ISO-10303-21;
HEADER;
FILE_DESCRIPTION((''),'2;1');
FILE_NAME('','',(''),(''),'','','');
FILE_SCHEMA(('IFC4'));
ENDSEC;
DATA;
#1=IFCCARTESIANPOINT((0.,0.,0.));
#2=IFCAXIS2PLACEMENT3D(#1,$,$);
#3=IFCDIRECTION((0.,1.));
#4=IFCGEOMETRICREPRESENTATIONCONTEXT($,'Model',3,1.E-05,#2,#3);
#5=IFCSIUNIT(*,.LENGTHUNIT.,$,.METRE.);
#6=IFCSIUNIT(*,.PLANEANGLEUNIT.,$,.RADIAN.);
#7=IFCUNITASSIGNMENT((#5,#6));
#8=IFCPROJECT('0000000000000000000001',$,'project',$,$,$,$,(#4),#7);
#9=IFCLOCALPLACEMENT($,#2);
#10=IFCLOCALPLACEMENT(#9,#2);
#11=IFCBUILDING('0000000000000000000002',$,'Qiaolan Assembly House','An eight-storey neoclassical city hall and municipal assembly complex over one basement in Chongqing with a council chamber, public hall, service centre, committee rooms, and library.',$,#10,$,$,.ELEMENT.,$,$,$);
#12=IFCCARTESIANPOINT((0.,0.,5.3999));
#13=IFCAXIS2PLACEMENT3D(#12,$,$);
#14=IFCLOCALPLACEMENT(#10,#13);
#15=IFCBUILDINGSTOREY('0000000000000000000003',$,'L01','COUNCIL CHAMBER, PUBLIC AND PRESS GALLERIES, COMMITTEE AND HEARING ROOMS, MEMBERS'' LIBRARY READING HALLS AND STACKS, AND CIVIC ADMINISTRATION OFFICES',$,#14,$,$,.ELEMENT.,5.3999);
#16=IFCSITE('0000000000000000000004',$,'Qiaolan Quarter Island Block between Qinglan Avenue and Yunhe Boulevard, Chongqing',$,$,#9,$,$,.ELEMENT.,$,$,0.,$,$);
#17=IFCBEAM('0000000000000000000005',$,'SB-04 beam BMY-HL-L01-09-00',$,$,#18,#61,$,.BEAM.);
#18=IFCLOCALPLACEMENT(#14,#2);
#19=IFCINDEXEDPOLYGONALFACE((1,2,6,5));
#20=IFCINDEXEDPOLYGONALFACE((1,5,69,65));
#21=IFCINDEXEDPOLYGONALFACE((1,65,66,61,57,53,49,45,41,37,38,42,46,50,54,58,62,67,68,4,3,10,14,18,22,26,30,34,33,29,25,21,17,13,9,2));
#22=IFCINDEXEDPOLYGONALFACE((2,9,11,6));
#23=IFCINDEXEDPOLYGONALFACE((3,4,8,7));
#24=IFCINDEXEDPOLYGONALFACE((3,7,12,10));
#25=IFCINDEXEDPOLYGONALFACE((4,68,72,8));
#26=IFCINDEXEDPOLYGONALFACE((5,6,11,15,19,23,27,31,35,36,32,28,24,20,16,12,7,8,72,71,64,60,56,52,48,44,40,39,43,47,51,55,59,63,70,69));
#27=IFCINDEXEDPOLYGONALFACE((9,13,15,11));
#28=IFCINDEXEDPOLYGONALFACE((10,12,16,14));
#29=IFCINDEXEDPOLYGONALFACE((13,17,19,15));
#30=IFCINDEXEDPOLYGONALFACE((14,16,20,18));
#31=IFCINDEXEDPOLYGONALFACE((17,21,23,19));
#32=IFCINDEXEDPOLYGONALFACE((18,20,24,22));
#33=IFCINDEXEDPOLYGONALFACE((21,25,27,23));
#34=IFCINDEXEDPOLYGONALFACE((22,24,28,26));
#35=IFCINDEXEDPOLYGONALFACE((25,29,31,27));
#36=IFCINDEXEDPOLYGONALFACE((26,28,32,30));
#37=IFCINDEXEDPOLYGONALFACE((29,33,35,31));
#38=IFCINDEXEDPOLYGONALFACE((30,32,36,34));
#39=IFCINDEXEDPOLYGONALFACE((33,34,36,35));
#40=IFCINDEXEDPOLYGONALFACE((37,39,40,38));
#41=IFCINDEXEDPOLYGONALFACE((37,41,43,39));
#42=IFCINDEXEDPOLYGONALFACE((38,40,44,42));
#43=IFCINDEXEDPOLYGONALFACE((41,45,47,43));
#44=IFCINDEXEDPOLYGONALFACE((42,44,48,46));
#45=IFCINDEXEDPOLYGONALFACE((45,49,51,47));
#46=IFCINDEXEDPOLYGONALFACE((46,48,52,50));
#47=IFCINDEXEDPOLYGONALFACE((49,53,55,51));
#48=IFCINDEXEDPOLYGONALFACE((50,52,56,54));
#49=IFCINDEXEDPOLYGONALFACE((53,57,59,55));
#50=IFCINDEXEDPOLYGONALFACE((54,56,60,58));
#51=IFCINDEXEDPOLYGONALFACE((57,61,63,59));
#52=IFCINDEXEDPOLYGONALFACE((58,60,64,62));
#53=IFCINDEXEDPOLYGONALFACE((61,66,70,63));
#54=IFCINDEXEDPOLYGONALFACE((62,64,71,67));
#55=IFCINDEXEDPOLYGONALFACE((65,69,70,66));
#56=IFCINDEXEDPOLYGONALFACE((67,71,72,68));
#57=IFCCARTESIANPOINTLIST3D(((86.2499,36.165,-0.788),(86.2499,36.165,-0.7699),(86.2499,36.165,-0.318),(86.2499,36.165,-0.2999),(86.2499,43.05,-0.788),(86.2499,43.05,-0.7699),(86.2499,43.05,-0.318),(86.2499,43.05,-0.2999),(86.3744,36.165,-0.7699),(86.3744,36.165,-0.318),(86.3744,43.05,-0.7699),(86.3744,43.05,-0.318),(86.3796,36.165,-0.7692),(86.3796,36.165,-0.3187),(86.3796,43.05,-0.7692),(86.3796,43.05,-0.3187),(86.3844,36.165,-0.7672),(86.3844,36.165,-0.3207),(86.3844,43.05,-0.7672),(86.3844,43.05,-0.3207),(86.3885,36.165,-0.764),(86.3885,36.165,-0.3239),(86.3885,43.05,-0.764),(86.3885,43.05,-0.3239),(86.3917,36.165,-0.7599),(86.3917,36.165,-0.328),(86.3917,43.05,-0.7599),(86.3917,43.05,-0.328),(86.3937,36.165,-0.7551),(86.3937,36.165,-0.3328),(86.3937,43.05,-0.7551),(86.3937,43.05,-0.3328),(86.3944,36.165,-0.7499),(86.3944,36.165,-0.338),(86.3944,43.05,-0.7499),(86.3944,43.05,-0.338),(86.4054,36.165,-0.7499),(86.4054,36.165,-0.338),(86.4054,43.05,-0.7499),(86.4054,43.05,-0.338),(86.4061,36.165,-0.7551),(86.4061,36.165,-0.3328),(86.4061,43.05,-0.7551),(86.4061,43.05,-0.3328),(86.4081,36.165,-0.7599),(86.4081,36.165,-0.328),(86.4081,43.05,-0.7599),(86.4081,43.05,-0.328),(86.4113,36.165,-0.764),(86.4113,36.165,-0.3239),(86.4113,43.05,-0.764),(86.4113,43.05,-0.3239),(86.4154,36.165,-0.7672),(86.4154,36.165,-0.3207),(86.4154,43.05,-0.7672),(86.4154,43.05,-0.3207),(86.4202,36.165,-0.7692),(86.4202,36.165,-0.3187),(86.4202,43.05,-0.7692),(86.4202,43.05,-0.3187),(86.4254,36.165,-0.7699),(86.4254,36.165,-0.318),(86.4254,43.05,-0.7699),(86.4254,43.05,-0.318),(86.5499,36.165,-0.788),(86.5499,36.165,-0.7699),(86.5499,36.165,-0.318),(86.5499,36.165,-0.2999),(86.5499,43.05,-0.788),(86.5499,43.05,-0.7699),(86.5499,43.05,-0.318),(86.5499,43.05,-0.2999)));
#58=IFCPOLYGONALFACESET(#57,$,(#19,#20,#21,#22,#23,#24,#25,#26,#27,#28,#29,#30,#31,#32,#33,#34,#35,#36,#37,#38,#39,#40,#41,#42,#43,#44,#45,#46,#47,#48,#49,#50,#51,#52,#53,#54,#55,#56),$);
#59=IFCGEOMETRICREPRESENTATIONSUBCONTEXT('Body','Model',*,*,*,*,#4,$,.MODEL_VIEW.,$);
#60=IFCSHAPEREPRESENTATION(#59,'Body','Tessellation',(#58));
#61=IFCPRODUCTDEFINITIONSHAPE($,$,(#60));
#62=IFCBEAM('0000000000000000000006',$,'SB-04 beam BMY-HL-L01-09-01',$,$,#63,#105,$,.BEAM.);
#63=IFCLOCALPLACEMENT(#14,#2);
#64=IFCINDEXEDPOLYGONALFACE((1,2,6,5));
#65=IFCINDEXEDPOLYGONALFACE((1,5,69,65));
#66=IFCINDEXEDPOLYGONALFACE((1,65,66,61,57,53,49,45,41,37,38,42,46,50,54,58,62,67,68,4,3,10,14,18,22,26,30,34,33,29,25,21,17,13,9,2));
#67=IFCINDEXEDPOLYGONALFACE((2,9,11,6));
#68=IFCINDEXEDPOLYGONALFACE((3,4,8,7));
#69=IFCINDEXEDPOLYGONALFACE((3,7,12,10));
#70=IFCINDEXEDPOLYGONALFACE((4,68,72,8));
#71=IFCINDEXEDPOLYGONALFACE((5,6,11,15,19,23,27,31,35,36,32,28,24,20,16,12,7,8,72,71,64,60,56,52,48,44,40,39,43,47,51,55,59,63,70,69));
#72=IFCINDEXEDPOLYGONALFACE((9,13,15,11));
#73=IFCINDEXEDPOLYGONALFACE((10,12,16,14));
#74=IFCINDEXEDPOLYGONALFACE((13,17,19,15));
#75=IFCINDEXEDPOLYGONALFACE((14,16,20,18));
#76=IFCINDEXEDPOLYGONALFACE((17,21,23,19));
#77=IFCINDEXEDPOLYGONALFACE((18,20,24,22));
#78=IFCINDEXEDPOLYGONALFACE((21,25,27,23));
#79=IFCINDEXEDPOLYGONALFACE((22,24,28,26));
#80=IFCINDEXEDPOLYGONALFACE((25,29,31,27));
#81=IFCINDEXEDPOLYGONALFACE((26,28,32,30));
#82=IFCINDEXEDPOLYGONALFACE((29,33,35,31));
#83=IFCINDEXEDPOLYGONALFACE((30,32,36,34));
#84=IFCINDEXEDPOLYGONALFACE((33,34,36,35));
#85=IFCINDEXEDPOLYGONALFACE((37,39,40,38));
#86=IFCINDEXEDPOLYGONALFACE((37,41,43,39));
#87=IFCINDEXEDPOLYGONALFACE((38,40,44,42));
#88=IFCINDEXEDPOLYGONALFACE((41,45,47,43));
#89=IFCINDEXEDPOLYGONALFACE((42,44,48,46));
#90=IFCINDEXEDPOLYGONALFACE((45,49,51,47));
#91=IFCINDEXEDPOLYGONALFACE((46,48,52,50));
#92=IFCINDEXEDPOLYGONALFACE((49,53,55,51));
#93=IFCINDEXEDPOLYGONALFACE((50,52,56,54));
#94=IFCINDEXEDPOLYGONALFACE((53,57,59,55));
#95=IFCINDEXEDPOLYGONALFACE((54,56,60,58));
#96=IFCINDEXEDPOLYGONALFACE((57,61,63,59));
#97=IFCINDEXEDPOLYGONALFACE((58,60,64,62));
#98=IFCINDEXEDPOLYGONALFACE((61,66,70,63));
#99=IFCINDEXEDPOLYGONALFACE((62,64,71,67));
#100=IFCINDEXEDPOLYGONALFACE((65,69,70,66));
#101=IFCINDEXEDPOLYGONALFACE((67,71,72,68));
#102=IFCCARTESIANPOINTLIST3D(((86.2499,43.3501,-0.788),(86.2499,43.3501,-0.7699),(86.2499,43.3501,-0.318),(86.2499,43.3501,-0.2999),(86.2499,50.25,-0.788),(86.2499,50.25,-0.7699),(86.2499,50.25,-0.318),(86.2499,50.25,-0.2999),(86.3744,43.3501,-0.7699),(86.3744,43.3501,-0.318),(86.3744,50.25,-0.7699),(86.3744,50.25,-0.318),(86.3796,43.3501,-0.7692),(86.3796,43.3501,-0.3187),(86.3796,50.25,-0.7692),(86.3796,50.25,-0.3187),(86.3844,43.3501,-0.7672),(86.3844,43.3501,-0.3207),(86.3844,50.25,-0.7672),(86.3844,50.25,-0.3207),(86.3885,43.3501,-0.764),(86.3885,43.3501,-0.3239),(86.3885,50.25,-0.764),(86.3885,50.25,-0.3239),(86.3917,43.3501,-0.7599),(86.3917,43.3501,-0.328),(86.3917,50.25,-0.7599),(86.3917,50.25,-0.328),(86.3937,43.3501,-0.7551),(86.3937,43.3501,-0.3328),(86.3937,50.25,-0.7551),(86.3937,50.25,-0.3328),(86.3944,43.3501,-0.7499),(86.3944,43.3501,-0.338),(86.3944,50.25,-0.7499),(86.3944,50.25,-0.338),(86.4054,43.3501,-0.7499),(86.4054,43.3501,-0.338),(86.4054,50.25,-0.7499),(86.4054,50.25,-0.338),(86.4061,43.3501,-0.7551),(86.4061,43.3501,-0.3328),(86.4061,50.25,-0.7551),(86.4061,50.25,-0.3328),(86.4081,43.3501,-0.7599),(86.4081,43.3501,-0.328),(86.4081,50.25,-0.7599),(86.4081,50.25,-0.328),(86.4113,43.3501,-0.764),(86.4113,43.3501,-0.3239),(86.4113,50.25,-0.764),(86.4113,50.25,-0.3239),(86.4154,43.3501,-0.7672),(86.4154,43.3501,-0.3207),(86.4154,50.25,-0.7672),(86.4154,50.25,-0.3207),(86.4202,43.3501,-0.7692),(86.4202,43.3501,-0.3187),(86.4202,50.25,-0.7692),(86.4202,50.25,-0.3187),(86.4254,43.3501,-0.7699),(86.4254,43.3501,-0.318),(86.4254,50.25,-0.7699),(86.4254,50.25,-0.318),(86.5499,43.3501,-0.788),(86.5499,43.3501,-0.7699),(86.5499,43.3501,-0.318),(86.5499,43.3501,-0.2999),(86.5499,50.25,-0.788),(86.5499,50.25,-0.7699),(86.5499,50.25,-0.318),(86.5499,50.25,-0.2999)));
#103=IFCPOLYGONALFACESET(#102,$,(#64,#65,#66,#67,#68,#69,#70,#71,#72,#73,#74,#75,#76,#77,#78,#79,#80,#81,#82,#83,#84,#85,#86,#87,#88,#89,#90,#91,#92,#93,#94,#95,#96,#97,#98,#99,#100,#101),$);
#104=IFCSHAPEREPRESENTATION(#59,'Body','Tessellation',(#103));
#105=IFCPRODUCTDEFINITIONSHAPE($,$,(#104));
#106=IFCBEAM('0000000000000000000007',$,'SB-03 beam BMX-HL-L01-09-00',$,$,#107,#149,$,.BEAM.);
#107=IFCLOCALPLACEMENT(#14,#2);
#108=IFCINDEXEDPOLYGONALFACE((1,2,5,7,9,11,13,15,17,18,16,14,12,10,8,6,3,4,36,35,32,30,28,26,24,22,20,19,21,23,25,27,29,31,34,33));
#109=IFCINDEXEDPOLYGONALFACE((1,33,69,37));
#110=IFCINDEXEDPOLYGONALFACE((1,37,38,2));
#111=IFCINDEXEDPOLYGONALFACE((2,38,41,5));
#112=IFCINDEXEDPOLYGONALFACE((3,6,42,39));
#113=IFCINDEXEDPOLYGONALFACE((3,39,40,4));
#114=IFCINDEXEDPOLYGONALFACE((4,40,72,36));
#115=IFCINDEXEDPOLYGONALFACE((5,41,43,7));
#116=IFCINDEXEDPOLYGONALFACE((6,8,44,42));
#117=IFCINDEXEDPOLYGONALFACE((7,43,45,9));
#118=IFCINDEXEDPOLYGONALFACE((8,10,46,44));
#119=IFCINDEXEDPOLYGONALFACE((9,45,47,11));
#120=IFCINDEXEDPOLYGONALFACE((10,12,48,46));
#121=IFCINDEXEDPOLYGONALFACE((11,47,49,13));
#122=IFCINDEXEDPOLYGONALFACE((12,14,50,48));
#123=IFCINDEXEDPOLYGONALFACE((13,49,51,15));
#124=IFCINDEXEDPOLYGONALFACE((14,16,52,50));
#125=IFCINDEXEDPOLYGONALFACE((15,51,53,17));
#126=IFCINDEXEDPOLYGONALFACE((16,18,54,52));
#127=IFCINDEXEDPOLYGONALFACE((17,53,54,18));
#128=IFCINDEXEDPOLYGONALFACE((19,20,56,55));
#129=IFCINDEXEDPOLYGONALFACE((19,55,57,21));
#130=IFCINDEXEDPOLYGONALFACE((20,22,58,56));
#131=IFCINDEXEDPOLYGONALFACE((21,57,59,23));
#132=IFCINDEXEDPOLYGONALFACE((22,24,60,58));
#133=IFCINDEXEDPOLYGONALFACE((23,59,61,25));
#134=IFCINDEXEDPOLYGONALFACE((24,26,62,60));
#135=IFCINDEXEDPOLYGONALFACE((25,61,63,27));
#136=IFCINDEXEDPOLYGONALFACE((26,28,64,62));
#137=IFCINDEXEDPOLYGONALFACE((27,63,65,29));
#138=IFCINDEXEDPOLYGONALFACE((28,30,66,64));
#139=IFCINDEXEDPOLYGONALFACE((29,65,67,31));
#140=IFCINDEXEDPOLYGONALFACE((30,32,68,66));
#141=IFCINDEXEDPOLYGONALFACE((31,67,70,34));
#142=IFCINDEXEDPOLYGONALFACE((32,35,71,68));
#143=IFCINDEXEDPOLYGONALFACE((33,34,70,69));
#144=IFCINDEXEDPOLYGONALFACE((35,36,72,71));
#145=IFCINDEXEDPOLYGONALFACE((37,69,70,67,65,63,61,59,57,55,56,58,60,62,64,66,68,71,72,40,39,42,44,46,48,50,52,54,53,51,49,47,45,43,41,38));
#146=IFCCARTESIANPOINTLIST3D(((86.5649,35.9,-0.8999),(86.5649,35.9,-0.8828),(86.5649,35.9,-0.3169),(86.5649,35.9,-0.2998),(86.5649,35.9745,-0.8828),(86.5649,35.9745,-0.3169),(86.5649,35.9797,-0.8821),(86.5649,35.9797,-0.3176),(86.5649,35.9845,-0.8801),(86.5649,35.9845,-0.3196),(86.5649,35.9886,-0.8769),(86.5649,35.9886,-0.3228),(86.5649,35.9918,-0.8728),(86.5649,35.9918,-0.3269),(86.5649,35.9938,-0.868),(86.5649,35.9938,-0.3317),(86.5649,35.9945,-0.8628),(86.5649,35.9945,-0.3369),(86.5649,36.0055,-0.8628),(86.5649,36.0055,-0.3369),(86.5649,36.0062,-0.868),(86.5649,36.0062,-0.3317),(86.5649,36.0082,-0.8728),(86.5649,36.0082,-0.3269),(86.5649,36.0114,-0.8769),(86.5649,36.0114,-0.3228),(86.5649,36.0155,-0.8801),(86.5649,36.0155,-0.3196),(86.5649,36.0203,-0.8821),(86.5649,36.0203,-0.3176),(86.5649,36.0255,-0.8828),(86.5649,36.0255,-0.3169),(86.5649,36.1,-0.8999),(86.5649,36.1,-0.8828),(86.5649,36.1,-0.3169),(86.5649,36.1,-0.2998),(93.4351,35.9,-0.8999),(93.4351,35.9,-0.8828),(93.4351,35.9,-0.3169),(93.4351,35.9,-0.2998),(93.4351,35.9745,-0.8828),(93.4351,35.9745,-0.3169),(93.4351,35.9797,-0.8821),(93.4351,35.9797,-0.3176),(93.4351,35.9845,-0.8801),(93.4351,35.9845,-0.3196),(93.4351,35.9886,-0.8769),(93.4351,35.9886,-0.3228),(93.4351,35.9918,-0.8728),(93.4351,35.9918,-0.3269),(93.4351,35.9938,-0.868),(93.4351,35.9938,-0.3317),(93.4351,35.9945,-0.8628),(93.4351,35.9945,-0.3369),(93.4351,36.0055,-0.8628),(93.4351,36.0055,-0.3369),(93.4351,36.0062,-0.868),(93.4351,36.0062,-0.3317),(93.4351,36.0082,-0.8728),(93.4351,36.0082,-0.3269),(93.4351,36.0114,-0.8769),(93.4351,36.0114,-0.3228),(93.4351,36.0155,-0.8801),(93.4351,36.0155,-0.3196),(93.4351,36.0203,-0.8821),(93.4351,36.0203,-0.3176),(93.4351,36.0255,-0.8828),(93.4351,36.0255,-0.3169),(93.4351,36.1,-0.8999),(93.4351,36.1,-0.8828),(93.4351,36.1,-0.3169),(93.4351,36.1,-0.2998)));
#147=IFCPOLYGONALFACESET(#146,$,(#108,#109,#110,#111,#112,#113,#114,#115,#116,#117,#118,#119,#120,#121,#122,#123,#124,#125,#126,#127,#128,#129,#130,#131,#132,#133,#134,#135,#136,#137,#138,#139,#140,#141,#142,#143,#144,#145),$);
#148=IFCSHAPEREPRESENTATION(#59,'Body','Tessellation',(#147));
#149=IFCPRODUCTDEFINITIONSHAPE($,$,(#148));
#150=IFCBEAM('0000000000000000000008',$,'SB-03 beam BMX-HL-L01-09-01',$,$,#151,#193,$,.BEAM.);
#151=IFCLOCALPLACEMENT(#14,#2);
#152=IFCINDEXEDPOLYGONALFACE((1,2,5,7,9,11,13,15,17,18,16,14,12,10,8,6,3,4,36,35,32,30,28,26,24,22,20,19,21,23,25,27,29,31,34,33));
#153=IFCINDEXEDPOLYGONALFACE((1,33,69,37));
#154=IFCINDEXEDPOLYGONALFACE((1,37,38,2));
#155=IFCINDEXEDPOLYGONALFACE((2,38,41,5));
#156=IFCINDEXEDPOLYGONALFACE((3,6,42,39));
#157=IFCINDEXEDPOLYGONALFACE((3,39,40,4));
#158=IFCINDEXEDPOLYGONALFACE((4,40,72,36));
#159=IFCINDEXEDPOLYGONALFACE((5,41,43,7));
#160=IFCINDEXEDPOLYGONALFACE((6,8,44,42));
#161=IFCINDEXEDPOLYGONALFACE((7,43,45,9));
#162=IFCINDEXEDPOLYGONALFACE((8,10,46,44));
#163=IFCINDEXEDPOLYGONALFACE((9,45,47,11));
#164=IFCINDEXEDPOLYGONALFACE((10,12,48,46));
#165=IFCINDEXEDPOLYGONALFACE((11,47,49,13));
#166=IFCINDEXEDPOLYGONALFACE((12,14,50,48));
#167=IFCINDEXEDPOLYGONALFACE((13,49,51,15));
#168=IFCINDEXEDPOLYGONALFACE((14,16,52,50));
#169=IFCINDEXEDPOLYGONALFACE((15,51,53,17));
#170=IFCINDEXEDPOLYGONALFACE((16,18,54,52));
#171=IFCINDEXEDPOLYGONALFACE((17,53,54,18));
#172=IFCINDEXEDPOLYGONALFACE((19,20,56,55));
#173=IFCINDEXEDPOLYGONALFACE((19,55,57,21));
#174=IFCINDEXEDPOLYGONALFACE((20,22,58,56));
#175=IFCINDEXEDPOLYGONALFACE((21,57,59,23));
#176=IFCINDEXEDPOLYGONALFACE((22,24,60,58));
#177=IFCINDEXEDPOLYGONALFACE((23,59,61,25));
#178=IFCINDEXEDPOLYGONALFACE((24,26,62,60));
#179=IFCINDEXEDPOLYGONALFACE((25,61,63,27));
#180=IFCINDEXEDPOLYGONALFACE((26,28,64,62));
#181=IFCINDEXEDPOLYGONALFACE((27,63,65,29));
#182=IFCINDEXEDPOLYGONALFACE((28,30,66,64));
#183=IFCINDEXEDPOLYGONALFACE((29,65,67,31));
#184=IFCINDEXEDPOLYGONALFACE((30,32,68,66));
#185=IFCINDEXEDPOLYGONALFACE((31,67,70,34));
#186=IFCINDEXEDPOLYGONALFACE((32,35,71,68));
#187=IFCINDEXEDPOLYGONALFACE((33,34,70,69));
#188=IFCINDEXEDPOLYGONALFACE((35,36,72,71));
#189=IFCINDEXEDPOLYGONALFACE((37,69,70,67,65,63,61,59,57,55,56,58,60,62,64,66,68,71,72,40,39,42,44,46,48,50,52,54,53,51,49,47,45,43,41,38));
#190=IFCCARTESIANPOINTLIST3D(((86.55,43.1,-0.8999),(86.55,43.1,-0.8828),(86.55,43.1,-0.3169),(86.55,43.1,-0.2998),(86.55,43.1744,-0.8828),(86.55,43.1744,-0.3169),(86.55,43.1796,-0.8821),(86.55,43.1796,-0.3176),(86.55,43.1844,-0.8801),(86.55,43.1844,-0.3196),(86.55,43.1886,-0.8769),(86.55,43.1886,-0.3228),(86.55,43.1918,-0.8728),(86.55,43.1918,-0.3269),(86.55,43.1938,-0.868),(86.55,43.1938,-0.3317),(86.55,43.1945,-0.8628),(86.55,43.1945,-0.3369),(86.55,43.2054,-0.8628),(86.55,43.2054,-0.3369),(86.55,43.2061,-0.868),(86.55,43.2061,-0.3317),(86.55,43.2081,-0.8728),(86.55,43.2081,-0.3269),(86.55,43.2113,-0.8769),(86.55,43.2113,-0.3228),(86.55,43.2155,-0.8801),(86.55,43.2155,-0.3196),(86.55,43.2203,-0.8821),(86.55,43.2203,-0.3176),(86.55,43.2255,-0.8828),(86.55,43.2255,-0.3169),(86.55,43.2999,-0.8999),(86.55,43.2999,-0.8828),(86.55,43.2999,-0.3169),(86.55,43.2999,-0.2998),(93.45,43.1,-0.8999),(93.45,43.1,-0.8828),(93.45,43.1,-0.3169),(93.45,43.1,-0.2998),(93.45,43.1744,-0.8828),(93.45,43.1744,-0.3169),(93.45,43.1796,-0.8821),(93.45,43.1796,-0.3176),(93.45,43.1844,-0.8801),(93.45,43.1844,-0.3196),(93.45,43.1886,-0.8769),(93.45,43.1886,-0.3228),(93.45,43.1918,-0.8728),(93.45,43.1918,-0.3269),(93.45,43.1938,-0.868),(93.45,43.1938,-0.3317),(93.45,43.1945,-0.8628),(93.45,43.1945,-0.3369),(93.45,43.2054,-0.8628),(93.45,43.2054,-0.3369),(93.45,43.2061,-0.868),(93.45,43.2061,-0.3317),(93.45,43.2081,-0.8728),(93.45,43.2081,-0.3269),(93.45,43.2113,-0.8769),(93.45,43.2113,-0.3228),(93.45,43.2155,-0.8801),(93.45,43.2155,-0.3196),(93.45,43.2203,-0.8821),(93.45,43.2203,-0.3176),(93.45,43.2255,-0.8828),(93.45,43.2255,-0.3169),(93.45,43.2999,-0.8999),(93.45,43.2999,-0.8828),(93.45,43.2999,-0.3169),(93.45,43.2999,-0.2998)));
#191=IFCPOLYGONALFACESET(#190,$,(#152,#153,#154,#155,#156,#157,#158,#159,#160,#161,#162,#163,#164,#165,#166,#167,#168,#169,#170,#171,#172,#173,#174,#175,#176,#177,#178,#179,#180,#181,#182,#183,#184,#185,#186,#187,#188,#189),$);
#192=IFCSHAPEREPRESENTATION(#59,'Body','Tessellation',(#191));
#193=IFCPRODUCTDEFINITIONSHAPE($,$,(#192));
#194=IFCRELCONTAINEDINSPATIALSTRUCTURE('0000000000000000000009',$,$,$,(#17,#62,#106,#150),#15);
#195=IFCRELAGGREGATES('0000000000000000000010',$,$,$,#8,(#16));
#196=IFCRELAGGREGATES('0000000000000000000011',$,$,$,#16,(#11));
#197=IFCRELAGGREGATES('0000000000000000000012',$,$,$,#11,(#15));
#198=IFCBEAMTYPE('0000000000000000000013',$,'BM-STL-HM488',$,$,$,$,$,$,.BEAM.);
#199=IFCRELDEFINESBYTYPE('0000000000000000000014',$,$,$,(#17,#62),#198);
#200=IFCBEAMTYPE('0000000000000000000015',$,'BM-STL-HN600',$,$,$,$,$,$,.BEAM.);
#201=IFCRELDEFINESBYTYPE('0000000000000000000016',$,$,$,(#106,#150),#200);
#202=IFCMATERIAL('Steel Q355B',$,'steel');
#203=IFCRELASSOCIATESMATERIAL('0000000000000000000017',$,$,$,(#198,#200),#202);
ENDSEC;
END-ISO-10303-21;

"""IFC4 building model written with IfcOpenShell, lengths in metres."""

from ifc_helpers import new_model, si_unit, direction, frame, origin, origin_2d, place, context, subcontext, project, spatial, i_section, extrude, material, material_profile, profile_set, type_object, element, save


model = new_model("IFC4")

# Units and contexts
model_context = context("Model", 3, precision=1e-05, world=origin(), true_north=direction((0.0, 1.0)))
body_context = subcontext(model_context, "Body", "Model", "MODEL_VIEW")
ifc_project = project(units=[si_unit("LENGTHUNIT", "METRE"), si_unit("PLANEANGLEUNIT", "RADIAN")], contexts=[model_context])

# Site, building, storey
site_placement = place(None, origin())
site = spatial("IfcSite", under=ifc_project, at=site_placement, Name="Qiaolan Quarter Island Block between Qinglan Avenue and Yunhe Boulevard, Chongqing", CompositionType="ELEMENT", RefElevation=0.0)
building_placement = place(site_placement, origin())
building = spatial("IfcBuilding", under=site, at=building_placement, Name="Qiaolan Assembly House", Description="An eight-storey neoclassical city hall and municipal assembly complex over one basement in Chongqing with a council chamber, public hall, service centre, committee rooms, and library.", CompositionType="ELEMENT")
storey_placement = place(building_placement, frame((0.0, 0.0, 5.3999)))
storey = spatial("IfcBuildingStorey", under=building, at=storey_placement, Name="L01", Description="COUNCIL CHAMBER, PUBLIC AND PRESS GALLERIES, COMMITTEE AND HEARING ROOMS, MEMBERS' LIBRARY READING HALLS AND STACKS, AND CIVIC ADMINISTRATION OFFICES", CompositionType="ELEMENT", Elevation=5.3999)

# Shared definitions
ifc_material_1 = material(Name="Steel Q355B", Category="steel")

# Beams
ifc_material_profile_1 = material_profile(ifc_material_1, i_section(OverallWidth=0.3, OverallDepth=0.488, WebThickness=0.011, FlangeThickness=0.0181, FilletRadius=0.02, at=origin_2d()), Name="HM 488x300x11x18")
ifc_profile_set_1 = profile_set([ifc_material_profile_1], Name="Steel Q355B")
beam_type_1 = type_object("IfcBeamType", Name="BM-STL-HM488", PredefinedType="BEAM", material=ifc_profile_set_1)
beam_1_placement = place(storey_placement, frame((86.3999, 36.165, -0.5439), z_axis=(0.0, 1.0, 0.0), x_axis=(-1.0, 0.0, 0.0)))
element("IfcBeam", 1, at=beam_1_placement, inside=storey, type_object=beam_type_1, Name="SB-04 beam BMY-HL-L01-09-00", PredefinedType="BEAM", context=body_context, shape_type="SweptSolid", body=[
    extrude(i_section(OverallWidth=0.3, OverallDepth=0.488, WebThickness=0.011, FlangeThickness=0.0181, FilletRadius=0.02, at=origin_2d()), origin(), (0.0, 0.0, 1.0), 6.885),
])
beam_2_placement = place(storey_placement, frame((86.3999, 43.3501, -0.5439), z_axis=(0.0, 1.0, 0.0), x_axis=(-1.0, 0.0, 0.0)))
element("IfcBeam", 2, at=beam_2_placement, inside=storey, type_object=beam_type_1, Name="SB-04 beam BMY-HL-L01-09-01", PredefinedType="BEAM", context=body_context, shape_type="SweptSolid", body=[
    extrude(i_section(OverallWidth=0.3, OverallDepth=0.488, WebThickness=0.011, FlangeThickness=0.0181, FilletRadius=0.02, at=origin_2d()), origin(), (0.0, 0.0, 1.0), 6.8999),
])
ifc_material_profile_2 = material_profile(ifc_material_1, i_section(OverallWidth=0.2, OverallDepth=0.6001, WebThickness=0.011, FlangeThickness=0.0171, FilletRadius=0.02, at=origin_2d()), Name="HN 600x200x11x17")
ifc_profile_set_2 = profile_set([ifc_material_profile_2], Name="Steel Q355B")
beam_type_2 = type_object("IfcBeamType", Name="BM-STL-HN600", PredefinedType="BEAM", material=ifc_profile_set_2)
beam_3_placement = place(storey_placement, frame((86.5649, 36.0, -0.5999), z_axis=(1.0, 0.0, 0.0), x_axis=(0.0, 1.0, 0.0)))
element("IfcBeam", 3, at=beam_3_placement, inside=storey, type_object=beam_type_2, Name="SB-03 beam BMX-HL-L01-09-00", PredefinedType="BEAM", context=body_context, shape_type="SweptSolid", body=[
    extrude(i_section(OverallWidth=0.2, OverallDepth=0.6001, WebThickness=0.011, FlangeThickness=0.0171, FilletRadius=0.02, at=origin_2d()), origin(), (0.0, 0.0, 1.0), 6.8701),
])
beam_4_placement = place(storey_placement, frame((86.55, 43.2, -0.5999), z_axis=(1.0, 0.0, 0.0), x_axis=(0.0, 1.0, 0.0)))
element("IfcBeam", 4, at=beam_4_placement, inside=storey, type_object=beam_type_2, Name="SB-03 beam BMX-HL-L01-09-01", PredefinedType="BEAM", context=body_context, shape_type="SweptSolid", body=[
    extrude(i_section(OverallWidth=0.2, OverallDepth=0.6001, WebThickness=0.011, FlangeThickness=0.0171, FilletRadius=0.02, at=origin_2d()), origin(), (0.0, 0.0, 1.0), 6.8999),
])

save(model, "model.ifc")
